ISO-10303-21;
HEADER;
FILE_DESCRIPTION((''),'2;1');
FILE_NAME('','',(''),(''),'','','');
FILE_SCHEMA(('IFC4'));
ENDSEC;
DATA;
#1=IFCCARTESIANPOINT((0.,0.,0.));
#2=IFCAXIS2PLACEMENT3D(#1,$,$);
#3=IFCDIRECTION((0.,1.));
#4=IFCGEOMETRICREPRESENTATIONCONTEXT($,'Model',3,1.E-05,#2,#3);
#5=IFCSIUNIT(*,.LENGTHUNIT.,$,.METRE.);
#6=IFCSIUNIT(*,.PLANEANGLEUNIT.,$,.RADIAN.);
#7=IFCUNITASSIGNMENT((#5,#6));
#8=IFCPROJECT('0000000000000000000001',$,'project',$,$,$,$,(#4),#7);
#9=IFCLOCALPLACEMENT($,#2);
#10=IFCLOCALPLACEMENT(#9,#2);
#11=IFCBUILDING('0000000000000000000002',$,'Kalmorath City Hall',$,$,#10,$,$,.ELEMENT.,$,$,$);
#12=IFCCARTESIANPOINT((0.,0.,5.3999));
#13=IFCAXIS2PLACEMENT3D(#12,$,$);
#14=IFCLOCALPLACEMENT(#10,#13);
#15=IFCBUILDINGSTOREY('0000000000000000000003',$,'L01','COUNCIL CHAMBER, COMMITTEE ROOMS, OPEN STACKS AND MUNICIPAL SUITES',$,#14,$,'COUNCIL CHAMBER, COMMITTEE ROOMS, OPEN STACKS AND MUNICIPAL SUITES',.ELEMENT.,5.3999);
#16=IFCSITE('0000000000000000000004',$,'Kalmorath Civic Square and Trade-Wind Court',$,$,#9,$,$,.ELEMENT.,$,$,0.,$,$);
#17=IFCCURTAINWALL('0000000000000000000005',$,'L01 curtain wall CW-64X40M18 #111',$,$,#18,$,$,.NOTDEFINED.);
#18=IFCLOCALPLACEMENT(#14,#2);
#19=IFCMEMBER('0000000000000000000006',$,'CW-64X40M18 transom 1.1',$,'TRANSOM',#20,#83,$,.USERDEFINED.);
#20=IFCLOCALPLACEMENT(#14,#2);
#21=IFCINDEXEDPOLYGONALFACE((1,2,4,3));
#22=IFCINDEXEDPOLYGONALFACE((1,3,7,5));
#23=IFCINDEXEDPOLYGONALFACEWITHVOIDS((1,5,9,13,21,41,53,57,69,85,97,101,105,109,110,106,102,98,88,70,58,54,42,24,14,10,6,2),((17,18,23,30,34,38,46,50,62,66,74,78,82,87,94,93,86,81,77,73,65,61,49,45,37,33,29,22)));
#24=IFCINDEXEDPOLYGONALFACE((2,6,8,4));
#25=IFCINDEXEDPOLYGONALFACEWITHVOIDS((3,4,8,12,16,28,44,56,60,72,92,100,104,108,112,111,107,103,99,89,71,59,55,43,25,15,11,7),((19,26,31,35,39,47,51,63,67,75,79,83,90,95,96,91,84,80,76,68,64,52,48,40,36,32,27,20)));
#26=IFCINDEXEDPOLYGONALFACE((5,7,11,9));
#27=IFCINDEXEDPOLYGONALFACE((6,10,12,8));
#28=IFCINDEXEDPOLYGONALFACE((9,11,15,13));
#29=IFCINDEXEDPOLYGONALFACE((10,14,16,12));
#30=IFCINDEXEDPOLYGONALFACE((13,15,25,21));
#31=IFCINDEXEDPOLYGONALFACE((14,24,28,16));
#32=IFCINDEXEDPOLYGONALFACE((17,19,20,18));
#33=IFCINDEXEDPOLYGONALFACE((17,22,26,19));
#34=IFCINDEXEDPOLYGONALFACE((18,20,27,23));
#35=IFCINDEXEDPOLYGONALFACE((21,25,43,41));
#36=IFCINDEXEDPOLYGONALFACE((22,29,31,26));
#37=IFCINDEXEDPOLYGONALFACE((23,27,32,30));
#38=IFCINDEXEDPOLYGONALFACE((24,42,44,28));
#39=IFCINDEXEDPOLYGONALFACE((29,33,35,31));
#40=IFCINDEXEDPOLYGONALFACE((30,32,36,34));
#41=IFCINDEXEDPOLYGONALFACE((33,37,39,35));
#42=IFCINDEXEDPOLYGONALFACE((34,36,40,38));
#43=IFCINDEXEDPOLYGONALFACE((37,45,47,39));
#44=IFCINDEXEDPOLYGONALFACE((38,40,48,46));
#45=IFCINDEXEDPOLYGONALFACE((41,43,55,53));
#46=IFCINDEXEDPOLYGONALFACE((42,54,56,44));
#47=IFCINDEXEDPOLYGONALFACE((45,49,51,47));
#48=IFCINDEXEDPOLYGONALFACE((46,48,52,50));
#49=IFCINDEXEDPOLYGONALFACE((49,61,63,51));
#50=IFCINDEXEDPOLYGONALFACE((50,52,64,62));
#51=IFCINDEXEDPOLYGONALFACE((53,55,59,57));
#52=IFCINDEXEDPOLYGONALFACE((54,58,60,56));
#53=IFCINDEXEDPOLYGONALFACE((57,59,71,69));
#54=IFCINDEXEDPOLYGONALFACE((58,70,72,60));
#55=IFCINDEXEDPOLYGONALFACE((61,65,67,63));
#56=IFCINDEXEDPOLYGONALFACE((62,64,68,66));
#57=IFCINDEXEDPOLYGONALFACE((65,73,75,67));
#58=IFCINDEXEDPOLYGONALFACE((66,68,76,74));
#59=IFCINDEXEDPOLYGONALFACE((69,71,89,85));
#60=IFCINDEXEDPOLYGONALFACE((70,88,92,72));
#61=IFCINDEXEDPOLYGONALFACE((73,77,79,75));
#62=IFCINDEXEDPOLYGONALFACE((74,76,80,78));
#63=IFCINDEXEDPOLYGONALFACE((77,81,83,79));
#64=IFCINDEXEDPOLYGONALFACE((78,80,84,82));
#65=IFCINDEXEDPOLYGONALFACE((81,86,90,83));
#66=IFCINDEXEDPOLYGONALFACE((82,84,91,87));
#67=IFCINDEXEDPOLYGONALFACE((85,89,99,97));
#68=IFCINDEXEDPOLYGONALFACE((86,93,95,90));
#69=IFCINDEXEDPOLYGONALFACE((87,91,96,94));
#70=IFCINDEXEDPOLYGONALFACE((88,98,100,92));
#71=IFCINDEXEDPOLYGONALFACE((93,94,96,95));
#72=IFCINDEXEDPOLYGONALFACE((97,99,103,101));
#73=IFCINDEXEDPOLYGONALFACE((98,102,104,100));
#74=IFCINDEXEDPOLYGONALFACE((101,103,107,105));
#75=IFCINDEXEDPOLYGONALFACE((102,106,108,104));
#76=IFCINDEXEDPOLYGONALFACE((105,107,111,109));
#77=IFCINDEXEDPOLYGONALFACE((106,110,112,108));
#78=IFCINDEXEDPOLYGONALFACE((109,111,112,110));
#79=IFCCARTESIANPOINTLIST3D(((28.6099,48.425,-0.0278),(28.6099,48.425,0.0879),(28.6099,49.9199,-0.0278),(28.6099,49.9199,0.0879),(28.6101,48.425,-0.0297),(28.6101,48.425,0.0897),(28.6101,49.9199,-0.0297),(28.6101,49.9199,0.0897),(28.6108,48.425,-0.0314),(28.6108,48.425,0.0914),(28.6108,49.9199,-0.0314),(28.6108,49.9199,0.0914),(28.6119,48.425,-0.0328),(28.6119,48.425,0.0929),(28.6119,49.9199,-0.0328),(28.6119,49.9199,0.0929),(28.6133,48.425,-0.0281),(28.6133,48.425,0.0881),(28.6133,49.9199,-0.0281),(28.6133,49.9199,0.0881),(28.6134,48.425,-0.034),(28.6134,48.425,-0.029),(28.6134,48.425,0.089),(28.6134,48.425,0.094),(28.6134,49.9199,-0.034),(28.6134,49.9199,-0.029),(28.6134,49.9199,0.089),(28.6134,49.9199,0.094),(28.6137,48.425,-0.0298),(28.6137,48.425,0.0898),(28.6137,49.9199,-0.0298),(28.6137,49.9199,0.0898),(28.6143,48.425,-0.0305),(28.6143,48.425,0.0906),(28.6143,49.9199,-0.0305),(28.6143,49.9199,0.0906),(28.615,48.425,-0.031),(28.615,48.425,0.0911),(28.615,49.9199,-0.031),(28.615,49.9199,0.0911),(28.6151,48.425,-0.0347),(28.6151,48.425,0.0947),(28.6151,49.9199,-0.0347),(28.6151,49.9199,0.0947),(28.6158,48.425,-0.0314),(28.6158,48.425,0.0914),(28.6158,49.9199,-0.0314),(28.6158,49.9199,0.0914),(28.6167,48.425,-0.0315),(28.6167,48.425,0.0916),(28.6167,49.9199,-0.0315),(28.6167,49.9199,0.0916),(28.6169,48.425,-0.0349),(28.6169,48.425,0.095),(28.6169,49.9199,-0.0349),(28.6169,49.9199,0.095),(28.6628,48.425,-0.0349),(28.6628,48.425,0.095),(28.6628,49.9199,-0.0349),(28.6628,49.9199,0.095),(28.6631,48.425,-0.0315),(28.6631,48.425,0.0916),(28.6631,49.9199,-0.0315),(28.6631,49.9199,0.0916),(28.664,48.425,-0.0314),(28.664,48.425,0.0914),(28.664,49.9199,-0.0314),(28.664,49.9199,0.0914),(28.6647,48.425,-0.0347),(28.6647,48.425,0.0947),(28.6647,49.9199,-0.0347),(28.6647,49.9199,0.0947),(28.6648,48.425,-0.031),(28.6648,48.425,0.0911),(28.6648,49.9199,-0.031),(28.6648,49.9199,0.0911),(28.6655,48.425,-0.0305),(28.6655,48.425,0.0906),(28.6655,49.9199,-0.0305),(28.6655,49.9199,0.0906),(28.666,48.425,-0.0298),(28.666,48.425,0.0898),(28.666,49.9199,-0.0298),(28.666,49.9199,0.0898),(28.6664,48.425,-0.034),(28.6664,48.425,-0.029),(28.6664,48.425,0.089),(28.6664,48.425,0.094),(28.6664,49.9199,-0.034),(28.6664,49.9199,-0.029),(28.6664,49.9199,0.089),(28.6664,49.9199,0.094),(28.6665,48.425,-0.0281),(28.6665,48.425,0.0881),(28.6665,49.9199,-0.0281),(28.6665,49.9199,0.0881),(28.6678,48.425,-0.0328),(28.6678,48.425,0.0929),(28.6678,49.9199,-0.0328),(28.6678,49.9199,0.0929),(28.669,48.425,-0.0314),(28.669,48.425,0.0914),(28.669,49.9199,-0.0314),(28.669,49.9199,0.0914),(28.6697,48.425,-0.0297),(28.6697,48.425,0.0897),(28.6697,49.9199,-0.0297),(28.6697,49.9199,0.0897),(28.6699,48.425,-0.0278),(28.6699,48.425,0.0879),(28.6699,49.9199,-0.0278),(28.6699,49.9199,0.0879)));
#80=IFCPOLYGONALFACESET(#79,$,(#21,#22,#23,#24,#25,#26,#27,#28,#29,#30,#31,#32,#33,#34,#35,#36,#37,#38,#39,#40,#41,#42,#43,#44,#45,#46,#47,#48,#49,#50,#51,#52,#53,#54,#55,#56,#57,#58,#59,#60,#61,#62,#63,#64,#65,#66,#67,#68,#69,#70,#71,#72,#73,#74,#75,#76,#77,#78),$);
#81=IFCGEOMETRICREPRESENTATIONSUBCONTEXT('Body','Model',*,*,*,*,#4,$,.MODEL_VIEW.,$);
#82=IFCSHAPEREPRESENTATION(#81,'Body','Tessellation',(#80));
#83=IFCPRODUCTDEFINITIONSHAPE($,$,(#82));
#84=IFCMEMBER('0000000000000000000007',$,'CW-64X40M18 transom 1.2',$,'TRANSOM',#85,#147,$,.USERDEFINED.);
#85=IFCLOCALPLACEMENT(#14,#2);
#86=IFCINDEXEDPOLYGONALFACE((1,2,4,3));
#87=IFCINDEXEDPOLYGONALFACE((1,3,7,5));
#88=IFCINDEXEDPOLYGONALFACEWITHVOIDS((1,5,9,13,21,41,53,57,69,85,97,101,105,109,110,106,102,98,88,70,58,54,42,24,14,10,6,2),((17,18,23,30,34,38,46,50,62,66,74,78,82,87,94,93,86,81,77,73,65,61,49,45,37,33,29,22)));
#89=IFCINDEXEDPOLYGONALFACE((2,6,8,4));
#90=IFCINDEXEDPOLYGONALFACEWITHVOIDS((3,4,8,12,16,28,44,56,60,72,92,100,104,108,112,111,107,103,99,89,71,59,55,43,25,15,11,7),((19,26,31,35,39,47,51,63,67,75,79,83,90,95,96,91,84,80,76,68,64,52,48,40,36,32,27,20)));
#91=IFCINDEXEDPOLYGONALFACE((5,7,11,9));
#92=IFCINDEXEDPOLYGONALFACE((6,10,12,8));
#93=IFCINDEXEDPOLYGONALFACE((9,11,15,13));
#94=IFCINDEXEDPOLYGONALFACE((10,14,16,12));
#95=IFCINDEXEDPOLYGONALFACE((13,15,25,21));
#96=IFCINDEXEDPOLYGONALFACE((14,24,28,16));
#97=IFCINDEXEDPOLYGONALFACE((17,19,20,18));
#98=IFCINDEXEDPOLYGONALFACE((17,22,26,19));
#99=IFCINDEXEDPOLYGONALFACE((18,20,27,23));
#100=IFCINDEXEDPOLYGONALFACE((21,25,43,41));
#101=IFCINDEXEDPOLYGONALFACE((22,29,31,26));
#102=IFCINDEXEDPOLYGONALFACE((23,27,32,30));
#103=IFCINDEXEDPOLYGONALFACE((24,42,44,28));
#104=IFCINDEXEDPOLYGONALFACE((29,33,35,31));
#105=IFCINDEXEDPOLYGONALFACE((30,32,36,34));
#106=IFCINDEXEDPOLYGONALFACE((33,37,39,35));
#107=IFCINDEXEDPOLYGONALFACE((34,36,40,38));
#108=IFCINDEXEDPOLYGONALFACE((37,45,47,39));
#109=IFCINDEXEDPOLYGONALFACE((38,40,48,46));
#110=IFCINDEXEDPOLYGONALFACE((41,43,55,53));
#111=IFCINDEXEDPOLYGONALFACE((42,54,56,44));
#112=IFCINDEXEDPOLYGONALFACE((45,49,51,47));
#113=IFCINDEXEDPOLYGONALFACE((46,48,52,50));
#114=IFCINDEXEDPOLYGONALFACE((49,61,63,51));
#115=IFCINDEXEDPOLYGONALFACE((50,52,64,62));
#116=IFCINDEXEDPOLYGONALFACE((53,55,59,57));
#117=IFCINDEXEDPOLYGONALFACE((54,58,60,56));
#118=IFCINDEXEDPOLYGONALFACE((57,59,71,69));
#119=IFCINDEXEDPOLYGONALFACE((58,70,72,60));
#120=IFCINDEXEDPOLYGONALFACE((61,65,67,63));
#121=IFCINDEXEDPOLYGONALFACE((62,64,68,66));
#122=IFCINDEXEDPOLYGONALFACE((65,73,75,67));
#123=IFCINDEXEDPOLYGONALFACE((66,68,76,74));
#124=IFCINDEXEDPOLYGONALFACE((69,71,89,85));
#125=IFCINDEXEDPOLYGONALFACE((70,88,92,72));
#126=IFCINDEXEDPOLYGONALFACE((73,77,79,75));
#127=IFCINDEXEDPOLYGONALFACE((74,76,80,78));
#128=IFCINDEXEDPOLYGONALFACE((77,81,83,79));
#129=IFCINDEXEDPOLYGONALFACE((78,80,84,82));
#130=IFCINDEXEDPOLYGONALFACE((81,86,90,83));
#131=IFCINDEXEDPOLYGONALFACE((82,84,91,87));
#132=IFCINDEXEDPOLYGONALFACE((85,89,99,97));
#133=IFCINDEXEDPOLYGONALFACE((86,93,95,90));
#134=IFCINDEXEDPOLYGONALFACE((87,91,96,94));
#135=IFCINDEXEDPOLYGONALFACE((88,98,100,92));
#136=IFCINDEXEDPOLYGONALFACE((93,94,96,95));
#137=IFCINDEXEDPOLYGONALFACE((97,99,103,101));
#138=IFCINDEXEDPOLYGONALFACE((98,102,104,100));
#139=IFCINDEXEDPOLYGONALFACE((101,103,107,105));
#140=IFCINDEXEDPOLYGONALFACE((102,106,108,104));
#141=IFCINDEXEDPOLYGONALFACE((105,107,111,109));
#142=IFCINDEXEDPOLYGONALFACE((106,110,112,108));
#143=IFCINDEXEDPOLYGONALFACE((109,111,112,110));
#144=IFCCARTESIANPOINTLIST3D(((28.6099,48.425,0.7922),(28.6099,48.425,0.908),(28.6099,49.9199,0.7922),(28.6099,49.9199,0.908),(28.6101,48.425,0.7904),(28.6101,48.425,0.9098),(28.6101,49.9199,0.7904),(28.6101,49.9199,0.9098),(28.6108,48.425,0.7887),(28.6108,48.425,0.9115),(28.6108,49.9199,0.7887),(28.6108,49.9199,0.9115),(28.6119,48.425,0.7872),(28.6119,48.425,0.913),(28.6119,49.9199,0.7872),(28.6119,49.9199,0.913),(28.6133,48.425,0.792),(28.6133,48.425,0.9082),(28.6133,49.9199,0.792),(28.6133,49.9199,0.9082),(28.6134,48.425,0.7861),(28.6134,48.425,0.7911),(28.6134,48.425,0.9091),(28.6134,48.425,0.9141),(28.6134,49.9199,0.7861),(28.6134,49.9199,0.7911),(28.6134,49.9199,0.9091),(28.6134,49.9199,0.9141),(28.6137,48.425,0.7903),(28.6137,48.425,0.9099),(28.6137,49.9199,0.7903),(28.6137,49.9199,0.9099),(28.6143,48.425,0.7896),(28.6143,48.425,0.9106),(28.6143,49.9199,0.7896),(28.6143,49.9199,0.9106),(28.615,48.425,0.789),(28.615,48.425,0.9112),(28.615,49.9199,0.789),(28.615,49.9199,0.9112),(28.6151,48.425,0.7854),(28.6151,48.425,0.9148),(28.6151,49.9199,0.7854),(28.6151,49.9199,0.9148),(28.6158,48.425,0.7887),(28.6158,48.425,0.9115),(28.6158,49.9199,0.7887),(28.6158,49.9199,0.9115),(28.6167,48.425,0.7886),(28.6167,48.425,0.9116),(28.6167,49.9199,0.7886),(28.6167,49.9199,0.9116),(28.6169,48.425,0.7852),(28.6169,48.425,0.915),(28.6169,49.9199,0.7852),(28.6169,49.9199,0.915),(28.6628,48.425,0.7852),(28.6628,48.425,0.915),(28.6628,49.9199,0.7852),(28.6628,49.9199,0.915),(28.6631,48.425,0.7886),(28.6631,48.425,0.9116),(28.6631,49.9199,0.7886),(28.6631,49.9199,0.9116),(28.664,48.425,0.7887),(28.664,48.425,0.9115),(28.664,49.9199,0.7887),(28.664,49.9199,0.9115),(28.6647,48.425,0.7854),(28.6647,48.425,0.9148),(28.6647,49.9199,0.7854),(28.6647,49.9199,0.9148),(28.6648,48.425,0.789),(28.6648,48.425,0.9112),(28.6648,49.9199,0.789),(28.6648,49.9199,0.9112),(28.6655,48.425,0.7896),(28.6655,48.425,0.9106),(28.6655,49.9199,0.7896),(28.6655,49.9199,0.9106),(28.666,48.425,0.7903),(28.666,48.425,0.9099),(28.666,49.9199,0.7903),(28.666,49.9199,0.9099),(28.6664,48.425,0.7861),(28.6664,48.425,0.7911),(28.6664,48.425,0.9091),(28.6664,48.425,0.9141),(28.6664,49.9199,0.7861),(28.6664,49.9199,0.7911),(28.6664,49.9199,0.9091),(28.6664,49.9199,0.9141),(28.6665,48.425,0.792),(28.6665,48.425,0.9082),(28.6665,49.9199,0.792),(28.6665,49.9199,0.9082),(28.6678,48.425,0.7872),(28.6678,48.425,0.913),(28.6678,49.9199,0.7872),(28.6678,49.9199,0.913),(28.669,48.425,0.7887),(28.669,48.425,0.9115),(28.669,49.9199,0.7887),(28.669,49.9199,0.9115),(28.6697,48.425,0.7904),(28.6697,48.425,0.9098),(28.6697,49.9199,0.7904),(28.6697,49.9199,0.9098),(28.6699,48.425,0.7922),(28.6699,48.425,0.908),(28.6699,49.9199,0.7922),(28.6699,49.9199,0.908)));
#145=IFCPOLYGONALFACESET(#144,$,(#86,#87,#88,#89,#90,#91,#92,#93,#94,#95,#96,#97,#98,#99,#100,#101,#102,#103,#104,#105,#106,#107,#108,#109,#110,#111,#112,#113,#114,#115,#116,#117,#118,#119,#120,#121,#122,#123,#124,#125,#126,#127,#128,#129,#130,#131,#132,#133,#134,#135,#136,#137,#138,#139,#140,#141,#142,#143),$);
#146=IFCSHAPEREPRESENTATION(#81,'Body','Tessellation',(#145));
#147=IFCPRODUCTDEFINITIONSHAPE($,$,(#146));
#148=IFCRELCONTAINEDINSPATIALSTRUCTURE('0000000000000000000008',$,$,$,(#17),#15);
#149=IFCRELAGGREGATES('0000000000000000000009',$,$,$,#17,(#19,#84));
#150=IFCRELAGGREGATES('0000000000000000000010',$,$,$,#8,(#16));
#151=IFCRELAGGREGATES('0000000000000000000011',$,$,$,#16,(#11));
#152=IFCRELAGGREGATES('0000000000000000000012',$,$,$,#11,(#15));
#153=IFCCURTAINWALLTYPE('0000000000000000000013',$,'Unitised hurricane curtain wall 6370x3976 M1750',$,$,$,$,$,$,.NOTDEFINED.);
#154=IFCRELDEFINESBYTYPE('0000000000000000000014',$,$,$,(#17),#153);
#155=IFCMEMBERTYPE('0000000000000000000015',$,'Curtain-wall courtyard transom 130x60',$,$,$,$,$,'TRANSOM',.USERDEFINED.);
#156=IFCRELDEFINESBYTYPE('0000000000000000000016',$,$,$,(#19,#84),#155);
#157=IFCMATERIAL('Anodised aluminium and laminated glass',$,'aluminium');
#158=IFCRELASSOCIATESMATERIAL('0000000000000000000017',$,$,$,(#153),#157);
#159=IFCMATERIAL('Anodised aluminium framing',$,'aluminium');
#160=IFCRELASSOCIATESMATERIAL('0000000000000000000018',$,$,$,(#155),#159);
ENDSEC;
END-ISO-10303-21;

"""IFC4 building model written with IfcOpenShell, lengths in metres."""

from ifc_helpers import new_model, si_unit, direction, frame, origin, origin_2d, place, context, subcontext, project, spatial, hollow_rectangle, extrude, material, material_profile, profile_set, type_object, element, aggregate, save


model = new_model("IFC4")

# Units and contexts
model_context = context("Model", 3, precision=1e-05, world=origin(), true_north=direction((0.0, 1.0)))
body_context = subcontext(model_context, "Body", "Model", "MODEL_VIEW")
ifc_project = project(units=[si_unit("LENGTHUNIT", "METRE"), si_unit("PLANEANGLEUNIT", "RADIAN")], contexts=[model_context])

# Site, building, storey
site_placement = place(None, origin())
site = spatial("IfcSite", under=ifc_project, at=site_placement, Name="Kalmorath Civic Square and Trade-Wind Court", CompositionType="ELEMENT", RefElevation=0.0)
building_placement = place(site_placement, origin())
building = spatial("IfcBuilding", under=site, at=building_placement, Name="Kalmorath City Hall", CompositionType="ELEMENT")
storey_placement = place(building_placement, frame((0.0, 0.0, 5.3999)))
storey = spatial("IfcBuildingStorey", under=building, at=storey_placement, Name="L01", Description="COUNCIL CHAMBER, COMMITTEE ROOMS, OPEN STACKS AND MUNICIPAL SUITES", LongName="COUNCIL CHAMBER, COMMITTEE ROOMS, OPEN STACKS AND MUNICIPAL SUITES", CompositionType="ELEMENT", Elevation=5.3999)

# Curtain wall, members
ifc_material_1 = material(Name="Anodised aluminium and laminated glass", Category="aluminium")
curtain_wall_type = type_object("IfcCurtainWallType", Name="Unitised hurricane curtain wall 6370x3976 M1750", PredefinedType="NOTDEFINED", material=ifc_material_1)
curtain_wall_placement = place(storey_placement, origin())
curtain_wall = element("IfcCurtainWall", 1, at=curtain_wall_placement, inside=storey, type_object=curtain_wall_type, Name="L01 curtain wall CW-64X40M18 #111", PredefinedType="NOTDEFINED")
ifc_material_2 = material(Name="Anodised aluminium framing", Category="aluminium")
ifc_material_profile_1 = material_profile(ifc_material_2, hollow_rectangle(XDim=0.0601, YDim=0.1299, WallThickness=0.0034, InnerFilletRadius=0.0034, OuterFilletRadius=0.0071, at=origin_2d()), Name="ALU-TRN-130X60X3.5")
ifc_profile_set_1 = profile_set([ifc_material_profile_1], Name="Anodised aluminium framing")
member_type_1 = type_object("IfcMemberType", Name="Curtain-wall courtyard transom 130x60", ElementType="TRANSOM", PredefinedType="USERDEFINED", material=ifc_profile_set_1)
member_1_placement = place(storey_placement, frame((28.6399, 49.9199, 0.03), z_axis=(0.0, -1.0, 0.0), x_axis=(1.0, 0.0, 0.0)))
member_1 = element("IfcMember", 2, at=member_1_placement, type_object=member_type_1, Name="CW-64X40M18 transom 1.1", ObjectType="TRANSOM", PredefinedType="USERDEFINED", context=body_context, shape_type="SweptSolid", body=[
    extrude(hollow_rectangle(XDim=0.0601, YDim=0.1299, WallThickness=0.0034, InnerFilletRadius=0.0034, OuterFilletRadius=0.0071, at=origin_2d()), origin(), (0.0, 0.0, 1.0), 1.4949),
])
member_2_placement = place(storey_placement, frame((28.6399, 49.9199, 0.8501), z_axis=(0.0, -1.0, 0.0), x_axis=(1.0, 0.0, 0.0)))
member_2 = element("IfcMember", 3, at=member_2_placement, type_object=member_type_1, Name="CW-64X40M18 transom 1.2", ObjectType="TRANSOM", PredefinedType="USERDEFINED", context=body_context, shape_type="SweptSolid", body=[
    extrude(hollow_rectangle(XDim=0.0601, YDim=0.1299, WallThickness=0.0034, InnerFilletRadius=0.0034, OuterFilletRadius=0.0071, at=origin_2d()), origin(), (0.0, 0.0, 1.0), 1.4949),
])
aggregate(curtain_wall, [member_1, member_2])

save(model, "model.ifc")
